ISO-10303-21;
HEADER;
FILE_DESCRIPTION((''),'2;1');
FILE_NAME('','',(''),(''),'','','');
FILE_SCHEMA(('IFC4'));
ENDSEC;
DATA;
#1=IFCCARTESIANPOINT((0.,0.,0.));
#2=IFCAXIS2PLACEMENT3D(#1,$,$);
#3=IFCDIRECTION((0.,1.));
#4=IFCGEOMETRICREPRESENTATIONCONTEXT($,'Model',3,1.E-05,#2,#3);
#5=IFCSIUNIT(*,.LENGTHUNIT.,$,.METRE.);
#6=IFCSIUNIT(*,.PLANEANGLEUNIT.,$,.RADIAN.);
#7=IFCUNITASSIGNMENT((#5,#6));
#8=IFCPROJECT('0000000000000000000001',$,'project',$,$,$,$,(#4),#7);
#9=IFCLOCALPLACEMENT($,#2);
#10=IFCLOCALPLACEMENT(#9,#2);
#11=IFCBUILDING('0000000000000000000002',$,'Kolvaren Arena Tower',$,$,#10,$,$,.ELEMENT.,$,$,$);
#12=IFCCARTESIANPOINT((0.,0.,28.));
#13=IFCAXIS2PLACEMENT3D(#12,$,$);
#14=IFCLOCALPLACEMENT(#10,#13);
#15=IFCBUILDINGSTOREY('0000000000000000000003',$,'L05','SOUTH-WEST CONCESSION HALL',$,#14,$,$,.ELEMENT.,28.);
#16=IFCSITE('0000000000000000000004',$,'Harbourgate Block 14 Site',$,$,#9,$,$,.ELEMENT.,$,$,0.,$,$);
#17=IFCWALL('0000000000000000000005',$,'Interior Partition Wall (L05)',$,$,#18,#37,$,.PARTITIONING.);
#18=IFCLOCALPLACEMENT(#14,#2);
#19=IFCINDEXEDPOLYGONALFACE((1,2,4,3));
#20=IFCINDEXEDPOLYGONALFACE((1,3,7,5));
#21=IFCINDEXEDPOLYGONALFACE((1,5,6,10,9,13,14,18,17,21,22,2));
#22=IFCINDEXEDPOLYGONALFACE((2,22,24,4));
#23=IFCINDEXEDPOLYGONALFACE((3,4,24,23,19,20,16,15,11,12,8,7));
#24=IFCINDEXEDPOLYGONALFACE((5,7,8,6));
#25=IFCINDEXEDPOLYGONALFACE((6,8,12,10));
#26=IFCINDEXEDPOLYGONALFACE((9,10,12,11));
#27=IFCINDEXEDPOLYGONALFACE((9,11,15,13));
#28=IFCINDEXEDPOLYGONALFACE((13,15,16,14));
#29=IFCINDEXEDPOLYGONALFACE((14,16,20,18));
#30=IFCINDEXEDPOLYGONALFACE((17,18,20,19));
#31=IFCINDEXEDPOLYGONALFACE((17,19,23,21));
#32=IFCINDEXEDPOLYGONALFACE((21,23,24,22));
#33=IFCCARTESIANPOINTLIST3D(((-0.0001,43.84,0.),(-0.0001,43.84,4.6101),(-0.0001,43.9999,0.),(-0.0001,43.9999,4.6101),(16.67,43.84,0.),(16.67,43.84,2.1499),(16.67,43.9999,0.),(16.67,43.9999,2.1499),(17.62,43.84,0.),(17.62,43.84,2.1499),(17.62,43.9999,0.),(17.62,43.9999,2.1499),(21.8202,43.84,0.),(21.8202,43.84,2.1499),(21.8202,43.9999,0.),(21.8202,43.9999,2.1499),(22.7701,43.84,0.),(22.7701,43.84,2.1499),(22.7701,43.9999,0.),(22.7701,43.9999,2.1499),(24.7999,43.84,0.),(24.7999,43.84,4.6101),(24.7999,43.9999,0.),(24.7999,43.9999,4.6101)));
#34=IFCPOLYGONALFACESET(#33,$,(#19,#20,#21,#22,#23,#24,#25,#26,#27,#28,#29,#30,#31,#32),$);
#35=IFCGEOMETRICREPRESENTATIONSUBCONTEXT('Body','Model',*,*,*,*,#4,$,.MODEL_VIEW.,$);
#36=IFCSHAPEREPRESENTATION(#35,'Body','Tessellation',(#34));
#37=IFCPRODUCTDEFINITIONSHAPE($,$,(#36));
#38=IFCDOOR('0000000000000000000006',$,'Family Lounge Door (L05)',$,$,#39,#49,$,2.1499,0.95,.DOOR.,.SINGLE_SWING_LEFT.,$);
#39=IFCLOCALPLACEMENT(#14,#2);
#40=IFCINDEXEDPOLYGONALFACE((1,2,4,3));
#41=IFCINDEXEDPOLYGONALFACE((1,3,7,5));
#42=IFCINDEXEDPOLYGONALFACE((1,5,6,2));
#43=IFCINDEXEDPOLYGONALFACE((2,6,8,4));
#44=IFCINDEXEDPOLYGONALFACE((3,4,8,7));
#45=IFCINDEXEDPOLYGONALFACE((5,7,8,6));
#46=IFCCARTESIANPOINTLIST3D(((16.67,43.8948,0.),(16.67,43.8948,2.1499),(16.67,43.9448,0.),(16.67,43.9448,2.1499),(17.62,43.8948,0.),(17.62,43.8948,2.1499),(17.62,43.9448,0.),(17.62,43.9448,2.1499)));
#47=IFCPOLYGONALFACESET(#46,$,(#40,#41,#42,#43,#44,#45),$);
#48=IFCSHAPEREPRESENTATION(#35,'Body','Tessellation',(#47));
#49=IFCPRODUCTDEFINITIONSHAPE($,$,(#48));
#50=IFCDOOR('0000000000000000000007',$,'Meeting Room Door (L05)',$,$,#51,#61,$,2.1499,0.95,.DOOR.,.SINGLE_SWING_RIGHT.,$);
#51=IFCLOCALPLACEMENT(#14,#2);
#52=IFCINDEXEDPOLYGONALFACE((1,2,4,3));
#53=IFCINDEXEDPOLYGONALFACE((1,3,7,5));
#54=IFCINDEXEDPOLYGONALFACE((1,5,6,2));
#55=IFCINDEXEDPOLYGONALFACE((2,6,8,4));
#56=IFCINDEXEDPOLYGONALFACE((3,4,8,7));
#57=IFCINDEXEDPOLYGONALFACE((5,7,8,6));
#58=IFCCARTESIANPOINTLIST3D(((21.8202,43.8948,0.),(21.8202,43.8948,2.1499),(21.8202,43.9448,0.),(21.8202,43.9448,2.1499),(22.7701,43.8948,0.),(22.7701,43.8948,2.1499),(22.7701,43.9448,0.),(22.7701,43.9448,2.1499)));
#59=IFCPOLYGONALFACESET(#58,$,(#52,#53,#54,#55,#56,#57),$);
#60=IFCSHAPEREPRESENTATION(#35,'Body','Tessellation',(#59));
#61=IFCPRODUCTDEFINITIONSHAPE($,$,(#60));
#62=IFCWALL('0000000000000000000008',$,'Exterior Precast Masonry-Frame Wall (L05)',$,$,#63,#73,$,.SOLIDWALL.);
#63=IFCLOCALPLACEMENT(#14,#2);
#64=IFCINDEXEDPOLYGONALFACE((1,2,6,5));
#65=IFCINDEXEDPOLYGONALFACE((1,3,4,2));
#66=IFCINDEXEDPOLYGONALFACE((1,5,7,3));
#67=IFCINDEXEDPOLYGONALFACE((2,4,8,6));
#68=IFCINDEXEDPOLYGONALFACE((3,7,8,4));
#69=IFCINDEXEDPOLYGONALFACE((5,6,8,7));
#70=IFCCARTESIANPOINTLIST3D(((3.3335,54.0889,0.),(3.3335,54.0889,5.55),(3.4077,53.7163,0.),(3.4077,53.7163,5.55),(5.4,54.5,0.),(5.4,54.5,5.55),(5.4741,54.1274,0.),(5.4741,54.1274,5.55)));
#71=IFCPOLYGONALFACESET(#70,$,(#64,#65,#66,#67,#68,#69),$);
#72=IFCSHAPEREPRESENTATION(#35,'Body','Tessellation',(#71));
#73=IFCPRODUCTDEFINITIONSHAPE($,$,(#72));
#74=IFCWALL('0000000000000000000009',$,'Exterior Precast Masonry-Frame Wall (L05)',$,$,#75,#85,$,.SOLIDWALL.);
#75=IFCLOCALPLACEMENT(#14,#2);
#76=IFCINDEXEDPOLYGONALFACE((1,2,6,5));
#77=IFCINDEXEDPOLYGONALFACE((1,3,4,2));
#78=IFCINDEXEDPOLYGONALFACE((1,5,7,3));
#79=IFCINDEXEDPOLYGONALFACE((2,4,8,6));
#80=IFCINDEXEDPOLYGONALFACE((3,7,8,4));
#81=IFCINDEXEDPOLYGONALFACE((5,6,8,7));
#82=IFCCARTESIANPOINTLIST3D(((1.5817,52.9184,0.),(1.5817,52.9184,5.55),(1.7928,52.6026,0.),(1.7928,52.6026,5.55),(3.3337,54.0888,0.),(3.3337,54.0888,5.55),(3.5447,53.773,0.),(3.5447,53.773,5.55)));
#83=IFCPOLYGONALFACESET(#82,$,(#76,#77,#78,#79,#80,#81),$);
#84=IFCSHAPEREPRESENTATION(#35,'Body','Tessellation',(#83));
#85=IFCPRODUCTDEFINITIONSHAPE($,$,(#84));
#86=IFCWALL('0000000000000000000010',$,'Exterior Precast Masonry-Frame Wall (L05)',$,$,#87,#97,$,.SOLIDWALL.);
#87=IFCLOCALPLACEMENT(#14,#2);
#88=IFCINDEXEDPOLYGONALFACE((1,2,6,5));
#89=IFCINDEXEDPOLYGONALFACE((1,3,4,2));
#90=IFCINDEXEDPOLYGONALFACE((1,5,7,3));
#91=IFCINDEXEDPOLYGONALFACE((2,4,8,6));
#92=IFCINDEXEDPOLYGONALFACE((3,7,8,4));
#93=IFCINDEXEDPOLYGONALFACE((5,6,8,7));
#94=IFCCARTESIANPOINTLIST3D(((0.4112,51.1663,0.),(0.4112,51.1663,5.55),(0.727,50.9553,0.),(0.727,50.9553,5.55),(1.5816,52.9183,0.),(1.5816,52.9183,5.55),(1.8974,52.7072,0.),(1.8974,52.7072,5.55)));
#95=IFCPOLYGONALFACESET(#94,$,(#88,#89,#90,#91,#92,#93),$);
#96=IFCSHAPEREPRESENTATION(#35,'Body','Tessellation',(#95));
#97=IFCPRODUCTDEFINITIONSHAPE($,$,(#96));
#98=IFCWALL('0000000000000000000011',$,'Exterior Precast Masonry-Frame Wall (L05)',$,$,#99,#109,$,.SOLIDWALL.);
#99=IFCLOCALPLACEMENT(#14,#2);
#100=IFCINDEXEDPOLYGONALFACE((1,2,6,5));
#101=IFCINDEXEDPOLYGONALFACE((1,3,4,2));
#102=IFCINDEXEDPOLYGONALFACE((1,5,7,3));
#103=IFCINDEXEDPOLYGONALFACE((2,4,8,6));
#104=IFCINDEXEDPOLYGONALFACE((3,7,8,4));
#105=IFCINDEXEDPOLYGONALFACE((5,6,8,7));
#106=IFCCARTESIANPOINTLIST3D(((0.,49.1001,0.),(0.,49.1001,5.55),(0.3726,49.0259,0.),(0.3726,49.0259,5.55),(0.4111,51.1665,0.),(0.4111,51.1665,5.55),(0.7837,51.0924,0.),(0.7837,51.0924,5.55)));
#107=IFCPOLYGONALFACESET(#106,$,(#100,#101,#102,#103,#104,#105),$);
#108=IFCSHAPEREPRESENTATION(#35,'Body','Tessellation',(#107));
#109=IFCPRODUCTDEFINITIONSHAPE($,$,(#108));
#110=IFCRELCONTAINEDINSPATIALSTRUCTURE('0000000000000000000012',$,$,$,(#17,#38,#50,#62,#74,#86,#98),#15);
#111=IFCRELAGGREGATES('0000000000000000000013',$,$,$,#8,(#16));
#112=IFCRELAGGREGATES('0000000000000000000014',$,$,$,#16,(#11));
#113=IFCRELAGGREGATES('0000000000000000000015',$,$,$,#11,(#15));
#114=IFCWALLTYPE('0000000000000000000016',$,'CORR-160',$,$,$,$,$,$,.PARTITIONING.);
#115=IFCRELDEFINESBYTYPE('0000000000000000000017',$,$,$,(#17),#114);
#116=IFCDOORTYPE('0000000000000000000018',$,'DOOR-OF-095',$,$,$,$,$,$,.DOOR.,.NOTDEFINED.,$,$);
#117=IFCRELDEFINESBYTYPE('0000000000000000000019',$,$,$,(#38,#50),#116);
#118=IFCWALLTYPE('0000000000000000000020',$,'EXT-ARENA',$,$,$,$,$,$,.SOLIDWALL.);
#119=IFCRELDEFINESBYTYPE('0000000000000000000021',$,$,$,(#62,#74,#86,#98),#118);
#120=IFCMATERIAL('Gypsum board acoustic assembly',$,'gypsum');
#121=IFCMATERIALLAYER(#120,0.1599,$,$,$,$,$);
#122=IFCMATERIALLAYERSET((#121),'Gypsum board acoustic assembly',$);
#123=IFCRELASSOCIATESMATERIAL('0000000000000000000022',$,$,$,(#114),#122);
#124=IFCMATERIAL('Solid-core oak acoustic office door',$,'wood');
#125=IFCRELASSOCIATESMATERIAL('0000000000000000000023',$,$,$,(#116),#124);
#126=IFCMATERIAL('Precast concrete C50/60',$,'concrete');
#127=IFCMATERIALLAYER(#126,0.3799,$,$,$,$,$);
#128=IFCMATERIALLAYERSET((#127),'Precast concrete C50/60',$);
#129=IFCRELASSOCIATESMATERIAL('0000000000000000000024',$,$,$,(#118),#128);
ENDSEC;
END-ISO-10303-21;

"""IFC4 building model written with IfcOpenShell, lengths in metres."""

from ifc_helpers import new_model, si_unit, direction, frame, frame_2d, origin, place, context, subcontext, project, spatial, rectangle, extrude, material, layer, layer_set, type_object, element, fill, save


model = new_model("IFC4")

# Units and contexts
model_context = context("Model", 3, precision=1e-05, world=origin(), true_north=direction((0.0, 1.0)))
body_context = subcontext(model_context, "Body", "Model", "MODEL_VIEW")
ifc_project = project(units=[si_unit("LENGTHUNIT", "METRE"), si_unit("PLANEANGLEUNIT", "RADIAN")], contexts=[model_context])

# Site, building, storey
site_placement = place(None, origin())
site = spatial("IfcSite", under=ifc_project, at=site_placement, Name="Harbourgate Block 14 Site", CompositionType="ELEMENT", RefElevation=0.0)
building_placement = place(site_placement, origin())
building = spatial("IfcBuilding", under=site, at=building_placement, Name="Kolvaren Arena Tower", CompositionType="ELEMENT")
storey_placement = place(building_placement, frame((0.0, 0.0, 28.0)))
storey = spatial("IfcBuildingStorey", under=building, at=storey_placement, Name="L05", Description="SOUTH-WEST CONCESSION HALL", CompositionType="ELEMENT", Elevation=28.0)

# Wall, openings, doors
ifc_material_1 = material(Name="Gypsum board acoustic assembly", Category="gypsum")
ifc_layer_1 = layer(ifc_material_1, 0.1599)
ifc_layer_set_1 = layer_set([ifc_layer_1], Name="Gypsum board acoustic assembly")
wall_type_1 = type_object("IfcWallType", Name="CORR-160", PredefinedType="PARTITIONING", material=ifc_layer_set_1)
wall_placement = place(storey_placement, frame((0.0, 43.9199, 0.0), z_axis=(0.0, 0.0, 1.0), x_axis=(1.0, 0.0, 0.0)))
wall = element("IfcWall", 1, at=wall_placement, inside=storey, type_object=wall_type_1, Name="Interior Partition Wall (L05)", PredefinedType="PARTITIONING", context=body_context, shape_type="SweptSolid", body=[
    extrude(rectangle(XDim=24.8, YDim=0.1599, at=frame_2d((12.3999, 0.0))), origin(), (0.0, 0.0, 1.0), 4.6101),
])
opening_1_placement = place(wall_placement, frame((16.6699, 0.0, 0.0)))
opening_1 = element("IfcOpeningElement", 2, at=opening_1_placement, cuts=wall, PredefinedType="OPENING", context=body_context, shape_type="SweptSolid", body=[
    extrude(rectangle(XDim=0.95, YDim=2.1499, at=frame_2d((0.4751, 1.075))), frame((0.0, 0.0898, 0.0), z_axis=(0.0, -1.0, 0.0), x_axis=(1.0, 0.0, 0.0)), (0.0, 0.0, 1.0), 0.1799),
])
opening_2_placement = place(wall_placement, frame((21.8201, 0.0, 0.0)))
opening_2 = element("IfcOpeningElement", 3, at=opening_2_placement, cuts=wall, PredefinedType="OPENING", context=body_context, shape_type="SweptSolid", body=[
    extrude(rectangle(XDim=0.95, YDim=2.1499, at=frame_2d((0.4751, 1.075))), frame((0.0, 0.0898, 0.0), z_axis=(0.0, -1.0, 0.0), x_axis=(1.0, 0.0, 0.0)), (0.0, 0.0, 1.0), 0.1799),
])
ifc_material_2 = material(Name="Solid-core oak acoustic office door", Category="wood")
door_type = type_object("IfcDoorType", Name="DOOR-OF-095", OperationType="NOTDEFINED", PredefinedType="DOOR", material=ifc_material_2)
door_1_placement = place(opening_1_placement, origin())
door_1 = element("IfcDoor", 4, at=door_1_placement, inside=storey, type_object=door_type, Name="Family Lounge Door (L05)", OperationType="SINGLE_SWING_LEFT", OverallHeight=2.1499, OverallWidth=0.95, PredefinedType="DOOR", context=body_context, shape_type="SweptSolid", body=[
    extrude(rectangle(XDim=0.95, YDim=2.1499, at=frame_2d((0.4751, 1.075))), frame((0.0, 0.0249, 0.0), z_axis=(0.0, -1.0, 0.0), x_axis=(1.0, 0.0, 0.0)), (0.0, 0.0, 1.0), 0.05),
])
fill(opening_1, door_1)
door_2_placement = place(opening_2_placement, origin())
door_2 = element("IfcDoor", 5, at=door_2_placement, inside=storey, type_object=door_type, Name="Meeting Room Door (L05)", OperationType="SINGLE_SWING_RIGHT", OverallHeight=2.1499, OverallWidth=0.95, PredefinedType="DOOR", context=body_context, shape_type="SweptSolid", body=[
    extrude(rectangle(XDim=0.95, YDim=2.1499, at=frame_2d((0.4751, 1.075))), frame((0.0, 0.0249, 0.0), z_axis=(0.0, -1.0, 0.0), x_axis=(1.0, 0.0, 0.0)), (0.0, 0.0, 1.0), 0.05),
])
fill(opening_2, door_2)

# Walls
ifc_material_3 = material(Name="Precast concrete C50/60", Category="concrete")
ifc_layer_2 = layer(ifc_material_3, 0.3799)
ifc_layer_set_2 = layer_set([ifc_layer_2], Name="Precast concrete C50/60")
wall_type_2 = type_object("IfcWallType", Name="EXT-ARENA", PredefinedType="SOLIDWALL", material=ifc_layer_set_2)
for number, where, z_axis, x_axis, name in (
    (6, (3.3706, 53.9026, 0.0), (0.0, 0.0, 1.0), (0.980776, 0.195136, 0.0), "Exterior Precast Masonry-Frame Wall (L05)"),
    (7, (1.6873, 52.7605, 0.0), (0.0, 0.0, 1.0), (0.831515, 0.555502, 0.0), "Exterior Precast Masonry-Frame Wall (L05)"),
    (8, (0.5691, 51.0608, 0.0), (0.0, 0.0, 1.0), (0.555502, 0.831515, 0.0), "Exterior Precast Masonry-Frame Wall (L05)"),
    (9, (0.1863, 49.063, 0.0), (0.0, 0.0, 1.0), (0.195136, 0.980776, 0.0), "Exterior Precast Masonry-Frame Wall (L05)"),
):
    element("IfcWall", number, at=place(storey_placement, frame(where, z_axis=z_axis, x_axis=x_axis)), inside=storey, type_object=wall_type_2, Name=name, PredefinedType="SOLIDWALL", context=body_context, shape_type="SweptSolid", body=[
        extrude(rectangle(XDim=2.1069, YDim=0.3799, at=frame_2d((1.0535, 0.0))), origin(), (0.0, 0.0, 1.0), 5.55),
    ])

save(model, "model.ifc")
